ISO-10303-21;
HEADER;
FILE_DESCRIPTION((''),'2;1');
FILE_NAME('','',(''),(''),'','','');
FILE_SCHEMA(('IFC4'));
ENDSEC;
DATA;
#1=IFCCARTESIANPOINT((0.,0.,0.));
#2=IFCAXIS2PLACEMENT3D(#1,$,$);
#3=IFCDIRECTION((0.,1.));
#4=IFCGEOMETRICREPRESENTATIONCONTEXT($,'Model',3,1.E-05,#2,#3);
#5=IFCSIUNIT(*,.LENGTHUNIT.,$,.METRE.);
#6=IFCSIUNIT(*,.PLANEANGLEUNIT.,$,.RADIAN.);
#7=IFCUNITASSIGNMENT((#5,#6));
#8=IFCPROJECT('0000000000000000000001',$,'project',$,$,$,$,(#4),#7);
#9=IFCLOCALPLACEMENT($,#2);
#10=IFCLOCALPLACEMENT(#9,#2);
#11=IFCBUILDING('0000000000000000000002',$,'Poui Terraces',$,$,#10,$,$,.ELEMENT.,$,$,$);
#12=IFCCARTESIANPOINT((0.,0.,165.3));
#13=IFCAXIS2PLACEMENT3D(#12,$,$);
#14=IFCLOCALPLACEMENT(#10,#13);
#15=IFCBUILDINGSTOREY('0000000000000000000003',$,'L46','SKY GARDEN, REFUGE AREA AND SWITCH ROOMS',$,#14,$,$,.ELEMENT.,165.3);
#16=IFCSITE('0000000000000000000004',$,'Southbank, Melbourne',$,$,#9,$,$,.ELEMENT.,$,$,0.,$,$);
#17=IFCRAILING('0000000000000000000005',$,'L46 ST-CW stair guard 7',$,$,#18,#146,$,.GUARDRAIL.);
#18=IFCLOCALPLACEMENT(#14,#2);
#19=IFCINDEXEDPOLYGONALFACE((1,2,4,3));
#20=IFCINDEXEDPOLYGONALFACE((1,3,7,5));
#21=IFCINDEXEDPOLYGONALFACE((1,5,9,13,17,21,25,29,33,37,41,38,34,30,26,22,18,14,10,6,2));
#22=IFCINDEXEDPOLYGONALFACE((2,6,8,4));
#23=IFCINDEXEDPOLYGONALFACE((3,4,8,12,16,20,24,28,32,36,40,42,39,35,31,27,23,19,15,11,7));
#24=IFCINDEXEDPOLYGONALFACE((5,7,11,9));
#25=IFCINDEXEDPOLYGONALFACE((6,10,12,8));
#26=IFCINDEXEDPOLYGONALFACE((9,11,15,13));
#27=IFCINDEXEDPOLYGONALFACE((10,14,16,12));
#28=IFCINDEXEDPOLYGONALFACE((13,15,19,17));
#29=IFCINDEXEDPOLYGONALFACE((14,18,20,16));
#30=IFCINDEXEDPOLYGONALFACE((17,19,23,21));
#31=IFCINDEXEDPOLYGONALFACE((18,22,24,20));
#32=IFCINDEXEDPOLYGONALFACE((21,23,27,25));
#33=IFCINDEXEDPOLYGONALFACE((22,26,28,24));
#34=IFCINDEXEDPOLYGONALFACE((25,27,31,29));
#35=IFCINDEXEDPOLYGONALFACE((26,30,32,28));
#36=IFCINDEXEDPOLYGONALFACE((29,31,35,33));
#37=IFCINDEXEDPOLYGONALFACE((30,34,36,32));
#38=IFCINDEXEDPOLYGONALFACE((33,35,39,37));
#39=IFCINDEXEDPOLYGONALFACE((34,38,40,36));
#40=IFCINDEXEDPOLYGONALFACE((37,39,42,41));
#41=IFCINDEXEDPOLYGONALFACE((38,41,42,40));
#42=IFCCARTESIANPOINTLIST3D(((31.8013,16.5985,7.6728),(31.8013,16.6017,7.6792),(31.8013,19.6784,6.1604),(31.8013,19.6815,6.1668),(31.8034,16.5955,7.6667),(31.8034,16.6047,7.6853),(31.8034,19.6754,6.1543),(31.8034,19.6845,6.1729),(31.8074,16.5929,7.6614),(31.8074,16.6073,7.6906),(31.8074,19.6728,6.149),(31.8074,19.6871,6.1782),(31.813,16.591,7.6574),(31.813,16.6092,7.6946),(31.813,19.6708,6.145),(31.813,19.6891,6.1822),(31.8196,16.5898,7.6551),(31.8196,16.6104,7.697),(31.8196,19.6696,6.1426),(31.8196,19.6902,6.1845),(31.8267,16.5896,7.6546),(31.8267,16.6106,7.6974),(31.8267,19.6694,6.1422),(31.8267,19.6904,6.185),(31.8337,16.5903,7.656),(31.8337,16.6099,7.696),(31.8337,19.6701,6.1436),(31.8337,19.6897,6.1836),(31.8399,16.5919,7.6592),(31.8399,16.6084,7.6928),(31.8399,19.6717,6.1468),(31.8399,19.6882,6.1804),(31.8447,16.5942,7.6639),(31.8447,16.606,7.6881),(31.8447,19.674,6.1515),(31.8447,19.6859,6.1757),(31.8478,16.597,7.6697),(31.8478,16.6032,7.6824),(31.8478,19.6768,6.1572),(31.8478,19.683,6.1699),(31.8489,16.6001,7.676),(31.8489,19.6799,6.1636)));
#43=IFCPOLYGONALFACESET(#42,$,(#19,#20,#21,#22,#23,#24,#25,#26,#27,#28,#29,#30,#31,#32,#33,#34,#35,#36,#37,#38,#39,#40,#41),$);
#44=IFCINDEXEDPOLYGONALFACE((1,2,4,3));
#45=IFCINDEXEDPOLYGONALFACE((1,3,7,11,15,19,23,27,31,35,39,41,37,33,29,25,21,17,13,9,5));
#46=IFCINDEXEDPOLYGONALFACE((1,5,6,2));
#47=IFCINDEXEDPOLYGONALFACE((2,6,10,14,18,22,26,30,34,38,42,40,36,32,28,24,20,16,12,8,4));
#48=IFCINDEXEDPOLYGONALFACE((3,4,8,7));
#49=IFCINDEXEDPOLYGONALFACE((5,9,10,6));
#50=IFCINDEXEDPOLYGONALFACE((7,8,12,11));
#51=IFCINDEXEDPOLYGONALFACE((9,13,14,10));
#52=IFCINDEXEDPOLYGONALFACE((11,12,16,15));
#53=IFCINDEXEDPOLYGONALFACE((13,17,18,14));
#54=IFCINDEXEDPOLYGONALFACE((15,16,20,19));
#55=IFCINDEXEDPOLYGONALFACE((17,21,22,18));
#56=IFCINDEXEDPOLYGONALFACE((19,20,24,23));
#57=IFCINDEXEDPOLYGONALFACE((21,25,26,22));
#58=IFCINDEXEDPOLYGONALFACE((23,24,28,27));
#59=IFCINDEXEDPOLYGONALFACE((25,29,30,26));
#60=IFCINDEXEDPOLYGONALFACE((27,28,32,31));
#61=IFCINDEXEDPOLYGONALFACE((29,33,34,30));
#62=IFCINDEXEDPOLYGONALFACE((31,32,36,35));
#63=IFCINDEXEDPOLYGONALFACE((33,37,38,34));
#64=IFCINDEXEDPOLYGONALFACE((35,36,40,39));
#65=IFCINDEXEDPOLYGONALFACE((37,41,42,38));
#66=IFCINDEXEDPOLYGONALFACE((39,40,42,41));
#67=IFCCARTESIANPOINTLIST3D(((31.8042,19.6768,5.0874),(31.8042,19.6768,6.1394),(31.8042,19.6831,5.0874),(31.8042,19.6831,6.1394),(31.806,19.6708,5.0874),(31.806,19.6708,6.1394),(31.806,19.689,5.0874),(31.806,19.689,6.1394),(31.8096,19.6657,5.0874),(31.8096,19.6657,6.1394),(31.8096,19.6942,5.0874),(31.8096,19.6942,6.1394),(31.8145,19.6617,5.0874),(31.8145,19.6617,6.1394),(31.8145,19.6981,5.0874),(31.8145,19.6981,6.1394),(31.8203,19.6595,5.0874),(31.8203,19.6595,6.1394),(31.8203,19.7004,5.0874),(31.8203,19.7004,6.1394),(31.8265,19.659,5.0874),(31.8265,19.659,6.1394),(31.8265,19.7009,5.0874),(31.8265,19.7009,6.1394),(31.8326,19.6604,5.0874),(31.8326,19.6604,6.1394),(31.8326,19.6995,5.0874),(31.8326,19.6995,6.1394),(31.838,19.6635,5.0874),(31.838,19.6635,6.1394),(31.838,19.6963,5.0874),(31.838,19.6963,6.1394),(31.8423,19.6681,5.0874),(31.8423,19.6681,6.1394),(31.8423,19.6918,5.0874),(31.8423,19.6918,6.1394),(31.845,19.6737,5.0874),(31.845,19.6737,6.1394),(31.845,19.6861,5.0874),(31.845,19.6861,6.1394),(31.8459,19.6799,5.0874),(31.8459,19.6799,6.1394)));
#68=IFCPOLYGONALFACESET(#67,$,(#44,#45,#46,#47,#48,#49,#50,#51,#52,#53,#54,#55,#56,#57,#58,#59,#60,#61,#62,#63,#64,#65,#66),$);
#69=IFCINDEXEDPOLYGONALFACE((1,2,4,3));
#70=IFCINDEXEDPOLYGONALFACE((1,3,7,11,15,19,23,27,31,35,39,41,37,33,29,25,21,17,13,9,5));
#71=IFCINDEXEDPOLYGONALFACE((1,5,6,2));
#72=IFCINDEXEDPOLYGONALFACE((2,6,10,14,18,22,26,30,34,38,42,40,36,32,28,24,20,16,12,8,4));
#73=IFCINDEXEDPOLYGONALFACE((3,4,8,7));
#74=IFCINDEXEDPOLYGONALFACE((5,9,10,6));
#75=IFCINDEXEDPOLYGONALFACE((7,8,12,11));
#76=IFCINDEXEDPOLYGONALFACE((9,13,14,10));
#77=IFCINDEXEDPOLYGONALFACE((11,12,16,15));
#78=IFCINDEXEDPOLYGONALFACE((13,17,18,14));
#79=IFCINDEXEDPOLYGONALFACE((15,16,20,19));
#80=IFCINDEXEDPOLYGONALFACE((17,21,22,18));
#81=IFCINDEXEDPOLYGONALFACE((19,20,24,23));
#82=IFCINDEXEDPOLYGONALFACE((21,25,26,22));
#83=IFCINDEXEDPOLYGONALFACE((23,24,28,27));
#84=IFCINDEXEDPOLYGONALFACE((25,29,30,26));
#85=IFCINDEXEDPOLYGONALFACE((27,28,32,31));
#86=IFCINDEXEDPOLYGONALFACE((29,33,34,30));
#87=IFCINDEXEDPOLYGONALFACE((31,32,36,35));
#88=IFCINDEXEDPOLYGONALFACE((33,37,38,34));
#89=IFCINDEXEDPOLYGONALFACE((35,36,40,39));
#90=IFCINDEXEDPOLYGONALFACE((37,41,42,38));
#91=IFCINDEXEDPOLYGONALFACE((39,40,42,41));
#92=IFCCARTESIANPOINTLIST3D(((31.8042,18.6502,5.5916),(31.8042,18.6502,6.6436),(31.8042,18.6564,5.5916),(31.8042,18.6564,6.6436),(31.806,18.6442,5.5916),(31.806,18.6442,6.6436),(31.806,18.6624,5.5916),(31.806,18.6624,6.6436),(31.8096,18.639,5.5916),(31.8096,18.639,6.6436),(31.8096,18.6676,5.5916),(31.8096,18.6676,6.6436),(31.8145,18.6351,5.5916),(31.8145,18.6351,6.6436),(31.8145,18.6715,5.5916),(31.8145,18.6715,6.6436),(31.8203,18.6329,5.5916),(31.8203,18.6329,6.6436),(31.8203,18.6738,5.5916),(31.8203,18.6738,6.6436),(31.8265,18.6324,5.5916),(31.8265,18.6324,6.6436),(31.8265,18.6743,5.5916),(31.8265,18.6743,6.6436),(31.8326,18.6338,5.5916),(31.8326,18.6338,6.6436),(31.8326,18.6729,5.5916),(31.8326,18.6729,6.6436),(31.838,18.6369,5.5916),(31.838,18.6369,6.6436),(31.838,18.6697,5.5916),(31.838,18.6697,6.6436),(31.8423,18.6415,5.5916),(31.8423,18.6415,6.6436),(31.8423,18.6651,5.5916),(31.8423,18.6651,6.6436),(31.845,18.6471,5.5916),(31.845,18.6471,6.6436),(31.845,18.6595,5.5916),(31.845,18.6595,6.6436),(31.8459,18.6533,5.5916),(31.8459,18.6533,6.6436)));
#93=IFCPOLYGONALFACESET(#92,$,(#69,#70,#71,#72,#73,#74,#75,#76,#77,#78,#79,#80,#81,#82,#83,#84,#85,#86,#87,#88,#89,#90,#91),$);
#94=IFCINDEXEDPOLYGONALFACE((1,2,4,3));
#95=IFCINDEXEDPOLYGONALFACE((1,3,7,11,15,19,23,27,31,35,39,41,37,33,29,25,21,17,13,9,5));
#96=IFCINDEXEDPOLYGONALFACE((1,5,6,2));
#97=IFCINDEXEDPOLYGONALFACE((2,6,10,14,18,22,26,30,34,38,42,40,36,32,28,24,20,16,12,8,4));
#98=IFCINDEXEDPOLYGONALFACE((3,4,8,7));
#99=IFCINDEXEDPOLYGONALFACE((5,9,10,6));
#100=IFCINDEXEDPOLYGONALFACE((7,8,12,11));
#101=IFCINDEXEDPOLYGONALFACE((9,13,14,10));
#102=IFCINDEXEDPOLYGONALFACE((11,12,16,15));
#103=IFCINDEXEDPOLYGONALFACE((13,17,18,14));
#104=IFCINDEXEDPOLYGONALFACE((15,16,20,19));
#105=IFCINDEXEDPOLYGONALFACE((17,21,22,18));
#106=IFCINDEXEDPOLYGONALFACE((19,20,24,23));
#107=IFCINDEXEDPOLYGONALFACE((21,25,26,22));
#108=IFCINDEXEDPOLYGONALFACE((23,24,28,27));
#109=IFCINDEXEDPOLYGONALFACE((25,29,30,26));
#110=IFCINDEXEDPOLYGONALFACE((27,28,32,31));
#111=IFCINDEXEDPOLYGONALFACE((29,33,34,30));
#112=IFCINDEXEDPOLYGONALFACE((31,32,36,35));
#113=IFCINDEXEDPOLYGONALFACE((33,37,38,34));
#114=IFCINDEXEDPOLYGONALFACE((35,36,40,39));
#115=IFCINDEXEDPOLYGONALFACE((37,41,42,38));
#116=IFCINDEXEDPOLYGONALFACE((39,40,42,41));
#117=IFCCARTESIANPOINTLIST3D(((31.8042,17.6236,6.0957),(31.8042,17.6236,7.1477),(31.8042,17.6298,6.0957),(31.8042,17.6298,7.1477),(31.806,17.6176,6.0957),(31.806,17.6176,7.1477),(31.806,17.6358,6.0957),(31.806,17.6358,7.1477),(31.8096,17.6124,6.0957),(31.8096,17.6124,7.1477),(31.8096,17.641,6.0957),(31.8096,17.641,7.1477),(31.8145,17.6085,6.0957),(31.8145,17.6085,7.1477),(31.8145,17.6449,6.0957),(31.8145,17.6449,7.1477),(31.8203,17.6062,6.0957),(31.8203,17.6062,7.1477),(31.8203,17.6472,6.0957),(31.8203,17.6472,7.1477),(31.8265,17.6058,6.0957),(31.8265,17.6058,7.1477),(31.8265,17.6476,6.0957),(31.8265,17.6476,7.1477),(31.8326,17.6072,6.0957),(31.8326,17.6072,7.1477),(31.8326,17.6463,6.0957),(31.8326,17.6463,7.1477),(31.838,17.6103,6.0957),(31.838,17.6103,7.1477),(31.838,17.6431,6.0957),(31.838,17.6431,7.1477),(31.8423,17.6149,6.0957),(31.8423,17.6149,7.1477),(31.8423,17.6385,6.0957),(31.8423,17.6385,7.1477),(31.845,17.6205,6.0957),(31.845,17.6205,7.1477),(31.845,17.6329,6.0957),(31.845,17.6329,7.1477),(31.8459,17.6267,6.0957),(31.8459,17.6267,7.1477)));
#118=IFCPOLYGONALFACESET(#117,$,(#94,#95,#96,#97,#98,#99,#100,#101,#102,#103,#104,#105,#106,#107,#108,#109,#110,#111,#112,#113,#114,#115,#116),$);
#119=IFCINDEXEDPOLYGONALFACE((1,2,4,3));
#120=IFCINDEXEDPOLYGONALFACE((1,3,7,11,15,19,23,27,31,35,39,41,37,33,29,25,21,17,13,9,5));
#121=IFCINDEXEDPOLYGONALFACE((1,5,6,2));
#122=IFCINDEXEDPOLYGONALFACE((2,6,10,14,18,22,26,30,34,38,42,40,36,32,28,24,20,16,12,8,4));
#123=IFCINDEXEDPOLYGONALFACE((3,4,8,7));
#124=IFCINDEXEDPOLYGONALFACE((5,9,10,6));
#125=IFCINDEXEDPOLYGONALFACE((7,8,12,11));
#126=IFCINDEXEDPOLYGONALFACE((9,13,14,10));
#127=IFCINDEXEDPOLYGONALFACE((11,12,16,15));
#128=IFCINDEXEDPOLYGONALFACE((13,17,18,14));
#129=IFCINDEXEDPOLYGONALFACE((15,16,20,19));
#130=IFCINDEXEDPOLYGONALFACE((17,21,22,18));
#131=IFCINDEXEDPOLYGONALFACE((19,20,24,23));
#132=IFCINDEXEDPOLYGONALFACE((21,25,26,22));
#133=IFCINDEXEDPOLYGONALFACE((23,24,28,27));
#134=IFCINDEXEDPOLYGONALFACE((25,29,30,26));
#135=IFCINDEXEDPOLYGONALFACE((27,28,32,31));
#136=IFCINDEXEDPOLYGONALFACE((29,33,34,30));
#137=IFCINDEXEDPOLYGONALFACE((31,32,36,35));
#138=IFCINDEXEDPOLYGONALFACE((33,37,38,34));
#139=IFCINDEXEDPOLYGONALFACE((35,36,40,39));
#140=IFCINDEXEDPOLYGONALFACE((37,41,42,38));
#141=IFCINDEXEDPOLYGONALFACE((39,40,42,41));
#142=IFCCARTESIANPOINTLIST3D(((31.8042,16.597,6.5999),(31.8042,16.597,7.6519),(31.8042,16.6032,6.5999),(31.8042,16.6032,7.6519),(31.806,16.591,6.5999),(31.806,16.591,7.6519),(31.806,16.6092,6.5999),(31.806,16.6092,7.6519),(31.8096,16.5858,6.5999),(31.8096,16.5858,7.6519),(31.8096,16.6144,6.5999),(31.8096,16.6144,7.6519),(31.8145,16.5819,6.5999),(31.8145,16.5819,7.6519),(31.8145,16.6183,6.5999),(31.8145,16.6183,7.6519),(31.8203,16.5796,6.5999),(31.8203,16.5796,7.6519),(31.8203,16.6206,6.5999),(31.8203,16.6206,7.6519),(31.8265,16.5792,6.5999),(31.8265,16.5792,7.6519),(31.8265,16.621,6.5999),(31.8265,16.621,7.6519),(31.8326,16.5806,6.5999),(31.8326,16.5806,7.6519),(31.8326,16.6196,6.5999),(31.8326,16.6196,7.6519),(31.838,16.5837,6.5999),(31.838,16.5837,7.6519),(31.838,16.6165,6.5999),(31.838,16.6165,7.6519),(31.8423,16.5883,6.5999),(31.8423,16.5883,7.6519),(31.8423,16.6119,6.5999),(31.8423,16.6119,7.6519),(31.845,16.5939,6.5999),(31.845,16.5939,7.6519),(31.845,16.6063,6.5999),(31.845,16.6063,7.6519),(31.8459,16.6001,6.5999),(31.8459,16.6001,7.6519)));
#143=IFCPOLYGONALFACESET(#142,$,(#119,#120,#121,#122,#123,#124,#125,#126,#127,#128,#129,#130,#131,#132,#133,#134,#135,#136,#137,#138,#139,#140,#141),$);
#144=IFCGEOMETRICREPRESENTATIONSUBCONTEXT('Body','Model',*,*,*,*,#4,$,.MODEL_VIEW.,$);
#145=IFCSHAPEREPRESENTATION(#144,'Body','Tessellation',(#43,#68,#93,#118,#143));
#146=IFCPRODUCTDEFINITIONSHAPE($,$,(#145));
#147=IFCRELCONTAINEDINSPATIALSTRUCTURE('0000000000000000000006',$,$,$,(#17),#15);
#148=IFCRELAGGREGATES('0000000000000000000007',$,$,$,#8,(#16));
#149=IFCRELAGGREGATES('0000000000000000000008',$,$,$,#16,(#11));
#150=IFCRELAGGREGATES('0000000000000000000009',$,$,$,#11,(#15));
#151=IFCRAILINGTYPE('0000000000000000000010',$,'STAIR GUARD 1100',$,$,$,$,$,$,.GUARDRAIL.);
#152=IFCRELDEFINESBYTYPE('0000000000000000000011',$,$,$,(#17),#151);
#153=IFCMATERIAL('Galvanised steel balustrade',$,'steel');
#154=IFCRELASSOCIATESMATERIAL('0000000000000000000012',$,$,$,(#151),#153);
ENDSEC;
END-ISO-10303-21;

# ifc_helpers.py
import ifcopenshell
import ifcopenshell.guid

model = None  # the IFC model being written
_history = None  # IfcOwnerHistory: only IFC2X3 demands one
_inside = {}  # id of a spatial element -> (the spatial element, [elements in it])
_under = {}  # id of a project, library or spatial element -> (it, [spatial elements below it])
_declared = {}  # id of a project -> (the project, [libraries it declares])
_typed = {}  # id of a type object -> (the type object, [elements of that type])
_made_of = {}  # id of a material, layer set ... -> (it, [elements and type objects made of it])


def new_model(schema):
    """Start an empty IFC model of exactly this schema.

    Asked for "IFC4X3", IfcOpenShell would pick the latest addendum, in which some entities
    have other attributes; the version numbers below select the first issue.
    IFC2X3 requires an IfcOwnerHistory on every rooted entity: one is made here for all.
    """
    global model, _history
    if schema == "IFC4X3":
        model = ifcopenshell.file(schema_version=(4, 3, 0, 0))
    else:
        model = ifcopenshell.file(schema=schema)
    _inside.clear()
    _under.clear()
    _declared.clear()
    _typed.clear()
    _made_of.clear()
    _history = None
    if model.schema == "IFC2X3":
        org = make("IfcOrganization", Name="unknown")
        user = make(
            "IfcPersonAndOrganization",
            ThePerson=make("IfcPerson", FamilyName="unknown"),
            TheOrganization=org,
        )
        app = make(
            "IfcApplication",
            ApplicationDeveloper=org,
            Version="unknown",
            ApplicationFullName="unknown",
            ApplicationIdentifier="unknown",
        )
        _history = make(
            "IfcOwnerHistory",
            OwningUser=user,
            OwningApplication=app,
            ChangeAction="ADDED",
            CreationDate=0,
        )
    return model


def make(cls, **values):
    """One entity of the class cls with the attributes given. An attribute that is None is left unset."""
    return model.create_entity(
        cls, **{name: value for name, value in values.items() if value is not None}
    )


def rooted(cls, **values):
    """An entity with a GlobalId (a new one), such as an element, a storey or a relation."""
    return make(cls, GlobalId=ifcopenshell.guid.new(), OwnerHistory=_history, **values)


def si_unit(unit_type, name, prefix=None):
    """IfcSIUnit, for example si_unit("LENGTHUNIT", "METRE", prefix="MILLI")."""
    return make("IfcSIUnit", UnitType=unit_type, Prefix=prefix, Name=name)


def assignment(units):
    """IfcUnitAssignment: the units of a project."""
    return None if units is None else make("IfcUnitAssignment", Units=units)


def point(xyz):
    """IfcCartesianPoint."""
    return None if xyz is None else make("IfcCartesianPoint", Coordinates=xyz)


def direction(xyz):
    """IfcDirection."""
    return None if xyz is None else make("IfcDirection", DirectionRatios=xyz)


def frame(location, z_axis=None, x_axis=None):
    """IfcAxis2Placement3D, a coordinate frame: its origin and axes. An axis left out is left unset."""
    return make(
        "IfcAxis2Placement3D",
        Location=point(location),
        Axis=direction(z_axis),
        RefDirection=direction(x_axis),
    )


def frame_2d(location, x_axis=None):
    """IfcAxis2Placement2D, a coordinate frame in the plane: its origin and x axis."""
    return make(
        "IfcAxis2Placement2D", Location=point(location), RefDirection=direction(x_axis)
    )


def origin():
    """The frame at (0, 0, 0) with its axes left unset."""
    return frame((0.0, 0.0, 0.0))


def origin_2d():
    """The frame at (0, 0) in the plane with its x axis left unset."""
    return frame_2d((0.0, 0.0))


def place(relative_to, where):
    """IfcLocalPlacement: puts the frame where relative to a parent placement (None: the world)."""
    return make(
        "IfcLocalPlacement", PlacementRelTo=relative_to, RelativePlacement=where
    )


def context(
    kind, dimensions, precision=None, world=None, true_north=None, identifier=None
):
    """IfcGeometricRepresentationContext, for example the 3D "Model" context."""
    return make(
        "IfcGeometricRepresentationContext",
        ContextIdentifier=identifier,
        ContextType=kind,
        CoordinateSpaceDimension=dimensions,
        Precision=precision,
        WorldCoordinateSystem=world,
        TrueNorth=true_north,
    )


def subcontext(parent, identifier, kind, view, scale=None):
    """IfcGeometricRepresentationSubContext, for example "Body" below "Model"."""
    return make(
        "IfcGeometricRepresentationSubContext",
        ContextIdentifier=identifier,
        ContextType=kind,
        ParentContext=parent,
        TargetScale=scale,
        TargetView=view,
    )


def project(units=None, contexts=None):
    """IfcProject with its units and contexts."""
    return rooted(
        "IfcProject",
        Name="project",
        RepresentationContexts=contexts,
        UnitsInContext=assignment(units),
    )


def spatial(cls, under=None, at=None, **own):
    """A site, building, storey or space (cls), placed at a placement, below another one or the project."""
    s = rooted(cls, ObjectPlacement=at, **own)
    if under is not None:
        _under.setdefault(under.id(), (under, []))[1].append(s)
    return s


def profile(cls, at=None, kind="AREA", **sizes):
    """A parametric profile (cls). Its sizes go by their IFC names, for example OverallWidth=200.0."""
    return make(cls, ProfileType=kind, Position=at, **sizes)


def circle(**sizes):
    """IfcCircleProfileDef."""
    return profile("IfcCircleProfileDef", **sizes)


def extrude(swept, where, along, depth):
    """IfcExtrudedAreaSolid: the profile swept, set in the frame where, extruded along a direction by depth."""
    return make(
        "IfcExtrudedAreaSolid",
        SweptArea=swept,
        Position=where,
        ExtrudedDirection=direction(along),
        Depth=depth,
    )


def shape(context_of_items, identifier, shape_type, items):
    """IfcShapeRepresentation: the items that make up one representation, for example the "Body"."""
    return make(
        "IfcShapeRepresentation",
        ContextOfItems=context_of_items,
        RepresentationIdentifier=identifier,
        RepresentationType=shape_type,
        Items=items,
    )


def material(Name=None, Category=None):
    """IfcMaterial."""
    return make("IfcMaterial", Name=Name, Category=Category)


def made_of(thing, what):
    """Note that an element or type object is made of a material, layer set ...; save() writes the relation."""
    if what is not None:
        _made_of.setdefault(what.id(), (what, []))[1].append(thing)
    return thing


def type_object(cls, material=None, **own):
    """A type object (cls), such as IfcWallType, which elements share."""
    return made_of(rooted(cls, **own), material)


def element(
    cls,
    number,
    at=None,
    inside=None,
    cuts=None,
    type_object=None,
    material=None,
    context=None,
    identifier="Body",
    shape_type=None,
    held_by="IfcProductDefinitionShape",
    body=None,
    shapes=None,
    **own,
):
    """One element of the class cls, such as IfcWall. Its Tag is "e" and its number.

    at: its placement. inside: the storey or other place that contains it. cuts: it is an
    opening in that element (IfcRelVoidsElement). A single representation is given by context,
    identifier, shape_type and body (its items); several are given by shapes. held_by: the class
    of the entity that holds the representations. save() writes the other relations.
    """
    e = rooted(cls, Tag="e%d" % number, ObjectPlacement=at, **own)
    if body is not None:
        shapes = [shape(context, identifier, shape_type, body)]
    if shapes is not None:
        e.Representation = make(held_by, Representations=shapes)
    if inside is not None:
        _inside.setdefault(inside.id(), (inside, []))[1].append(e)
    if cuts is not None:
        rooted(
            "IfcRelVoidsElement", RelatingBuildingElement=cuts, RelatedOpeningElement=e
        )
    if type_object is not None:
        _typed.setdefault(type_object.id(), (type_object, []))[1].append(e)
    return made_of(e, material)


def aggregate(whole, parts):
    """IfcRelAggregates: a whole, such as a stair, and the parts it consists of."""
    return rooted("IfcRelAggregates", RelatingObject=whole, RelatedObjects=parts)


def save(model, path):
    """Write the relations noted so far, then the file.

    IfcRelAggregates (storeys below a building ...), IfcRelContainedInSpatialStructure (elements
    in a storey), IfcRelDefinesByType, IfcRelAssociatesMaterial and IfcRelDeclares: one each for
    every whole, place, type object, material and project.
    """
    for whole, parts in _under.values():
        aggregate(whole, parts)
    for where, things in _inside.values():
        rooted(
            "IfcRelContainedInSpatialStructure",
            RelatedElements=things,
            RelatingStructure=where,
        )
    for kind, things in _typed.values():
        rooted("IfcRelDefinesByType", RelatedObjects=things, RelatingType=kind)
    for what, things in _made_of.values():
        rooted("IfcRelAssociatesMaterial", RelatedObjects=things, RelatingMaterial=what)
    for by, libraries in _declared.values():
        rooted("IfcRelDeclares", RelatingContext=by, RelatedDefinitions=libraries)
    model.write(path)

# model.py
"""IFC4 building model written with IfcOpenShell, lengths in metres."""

from ifc_helpers import new_model, si_unit, direction, frame, origin, origin_2d, place, context, subcontext, project, spatial, circle, extrude, material, type_object, element, save


model = new_model("IFC4")

# Units and contexts
model_context = context("Model", 3, precision=1e-05, world=origin(), true_north=direction((0.0, 1.0)))
body_context = subcontext(model_context, "Body", "Model", "MODEL_VIEW")
ifc_project = project(units=[si_unit("LENGTHUNIT", "METRE"), si_unit("PLANEANGLEUNIT", "RADIAN")], contexts=[model_context])

# Site, building, storey
site_placement = place(None, origin())
site = spatial("IfcSite", under=ifc_project, at=site_placement, Name="Southbank, Melbourne", CompositionType="ELEMENT", RefElevation=0.0)
building_placement = place(site_placement, origin())
building = spatial("IfcBuilding", under=site, at=building_placement, Name="Poui Terraces", CompositionType="ELEMENT")
storey_placement = place(building_placement, frame((0.0, 0.0, 165.3)))
storey = spatial("IfcBuildingStorey", under=building, at=storey_placement, Name="L46", Description="SKY GARDEN, REFUGE AREA AND SWITCH ROOMS", CompositionType="ELEMENT", Elevation=165.3)

# Railing
ifc_material_1 = material(Name="Galvanised steel balustrade", Category="steel")
railing_type = type_object("IfcRailingType", Name="STAIR GUARD 1100", PredefinedType="GUARDRAIL", material=ifc_material_1)
railing_placement = place(storey_placement, frame((31.825, 19.6799, 5.0874)))
element("IfcRailing", 1, at=railing_placement, inside=storey, type_object=railing_type, Name="L46 ST-CW stair guard 7", PredefinedType="GUARDRAIL", context=body_context, shape_type="SweptSolid", body=[
    extrude(circle(Radius=0.0239, at=origin_2d()), frame((0.0, 0.0, 1.0762), z_axis=(0.0, -0.897606, 0.440798), x_axis=(1.0, 0.0, 0.0)), (0.0, 0.0, 1.0), 3.4312),
    extrude(circle(Radius=0.021, at=origin_2d()), origin(), (0.0, 0.0, 1.0), 1.052),
    extrude(circle(Radius=0.021, at=origin_2d()), frame((0.0, -1.0266, 0.5042)), (0.0, 0.0, 1.0), 1.052),
    extrude(circle(Radius=0.021, at=origin_2d()), frame((0.0, -2.0532, 1.0083)), (0.0, 0.0, 1.0), 1.052),
    extrude(circle(Radius=0.021, at=origin_2d()), frame((0.0, -3.0798, 1.5125)), (0.0, 0.0, 1.0), 1.052),
])

save(model, "model.ifc")
